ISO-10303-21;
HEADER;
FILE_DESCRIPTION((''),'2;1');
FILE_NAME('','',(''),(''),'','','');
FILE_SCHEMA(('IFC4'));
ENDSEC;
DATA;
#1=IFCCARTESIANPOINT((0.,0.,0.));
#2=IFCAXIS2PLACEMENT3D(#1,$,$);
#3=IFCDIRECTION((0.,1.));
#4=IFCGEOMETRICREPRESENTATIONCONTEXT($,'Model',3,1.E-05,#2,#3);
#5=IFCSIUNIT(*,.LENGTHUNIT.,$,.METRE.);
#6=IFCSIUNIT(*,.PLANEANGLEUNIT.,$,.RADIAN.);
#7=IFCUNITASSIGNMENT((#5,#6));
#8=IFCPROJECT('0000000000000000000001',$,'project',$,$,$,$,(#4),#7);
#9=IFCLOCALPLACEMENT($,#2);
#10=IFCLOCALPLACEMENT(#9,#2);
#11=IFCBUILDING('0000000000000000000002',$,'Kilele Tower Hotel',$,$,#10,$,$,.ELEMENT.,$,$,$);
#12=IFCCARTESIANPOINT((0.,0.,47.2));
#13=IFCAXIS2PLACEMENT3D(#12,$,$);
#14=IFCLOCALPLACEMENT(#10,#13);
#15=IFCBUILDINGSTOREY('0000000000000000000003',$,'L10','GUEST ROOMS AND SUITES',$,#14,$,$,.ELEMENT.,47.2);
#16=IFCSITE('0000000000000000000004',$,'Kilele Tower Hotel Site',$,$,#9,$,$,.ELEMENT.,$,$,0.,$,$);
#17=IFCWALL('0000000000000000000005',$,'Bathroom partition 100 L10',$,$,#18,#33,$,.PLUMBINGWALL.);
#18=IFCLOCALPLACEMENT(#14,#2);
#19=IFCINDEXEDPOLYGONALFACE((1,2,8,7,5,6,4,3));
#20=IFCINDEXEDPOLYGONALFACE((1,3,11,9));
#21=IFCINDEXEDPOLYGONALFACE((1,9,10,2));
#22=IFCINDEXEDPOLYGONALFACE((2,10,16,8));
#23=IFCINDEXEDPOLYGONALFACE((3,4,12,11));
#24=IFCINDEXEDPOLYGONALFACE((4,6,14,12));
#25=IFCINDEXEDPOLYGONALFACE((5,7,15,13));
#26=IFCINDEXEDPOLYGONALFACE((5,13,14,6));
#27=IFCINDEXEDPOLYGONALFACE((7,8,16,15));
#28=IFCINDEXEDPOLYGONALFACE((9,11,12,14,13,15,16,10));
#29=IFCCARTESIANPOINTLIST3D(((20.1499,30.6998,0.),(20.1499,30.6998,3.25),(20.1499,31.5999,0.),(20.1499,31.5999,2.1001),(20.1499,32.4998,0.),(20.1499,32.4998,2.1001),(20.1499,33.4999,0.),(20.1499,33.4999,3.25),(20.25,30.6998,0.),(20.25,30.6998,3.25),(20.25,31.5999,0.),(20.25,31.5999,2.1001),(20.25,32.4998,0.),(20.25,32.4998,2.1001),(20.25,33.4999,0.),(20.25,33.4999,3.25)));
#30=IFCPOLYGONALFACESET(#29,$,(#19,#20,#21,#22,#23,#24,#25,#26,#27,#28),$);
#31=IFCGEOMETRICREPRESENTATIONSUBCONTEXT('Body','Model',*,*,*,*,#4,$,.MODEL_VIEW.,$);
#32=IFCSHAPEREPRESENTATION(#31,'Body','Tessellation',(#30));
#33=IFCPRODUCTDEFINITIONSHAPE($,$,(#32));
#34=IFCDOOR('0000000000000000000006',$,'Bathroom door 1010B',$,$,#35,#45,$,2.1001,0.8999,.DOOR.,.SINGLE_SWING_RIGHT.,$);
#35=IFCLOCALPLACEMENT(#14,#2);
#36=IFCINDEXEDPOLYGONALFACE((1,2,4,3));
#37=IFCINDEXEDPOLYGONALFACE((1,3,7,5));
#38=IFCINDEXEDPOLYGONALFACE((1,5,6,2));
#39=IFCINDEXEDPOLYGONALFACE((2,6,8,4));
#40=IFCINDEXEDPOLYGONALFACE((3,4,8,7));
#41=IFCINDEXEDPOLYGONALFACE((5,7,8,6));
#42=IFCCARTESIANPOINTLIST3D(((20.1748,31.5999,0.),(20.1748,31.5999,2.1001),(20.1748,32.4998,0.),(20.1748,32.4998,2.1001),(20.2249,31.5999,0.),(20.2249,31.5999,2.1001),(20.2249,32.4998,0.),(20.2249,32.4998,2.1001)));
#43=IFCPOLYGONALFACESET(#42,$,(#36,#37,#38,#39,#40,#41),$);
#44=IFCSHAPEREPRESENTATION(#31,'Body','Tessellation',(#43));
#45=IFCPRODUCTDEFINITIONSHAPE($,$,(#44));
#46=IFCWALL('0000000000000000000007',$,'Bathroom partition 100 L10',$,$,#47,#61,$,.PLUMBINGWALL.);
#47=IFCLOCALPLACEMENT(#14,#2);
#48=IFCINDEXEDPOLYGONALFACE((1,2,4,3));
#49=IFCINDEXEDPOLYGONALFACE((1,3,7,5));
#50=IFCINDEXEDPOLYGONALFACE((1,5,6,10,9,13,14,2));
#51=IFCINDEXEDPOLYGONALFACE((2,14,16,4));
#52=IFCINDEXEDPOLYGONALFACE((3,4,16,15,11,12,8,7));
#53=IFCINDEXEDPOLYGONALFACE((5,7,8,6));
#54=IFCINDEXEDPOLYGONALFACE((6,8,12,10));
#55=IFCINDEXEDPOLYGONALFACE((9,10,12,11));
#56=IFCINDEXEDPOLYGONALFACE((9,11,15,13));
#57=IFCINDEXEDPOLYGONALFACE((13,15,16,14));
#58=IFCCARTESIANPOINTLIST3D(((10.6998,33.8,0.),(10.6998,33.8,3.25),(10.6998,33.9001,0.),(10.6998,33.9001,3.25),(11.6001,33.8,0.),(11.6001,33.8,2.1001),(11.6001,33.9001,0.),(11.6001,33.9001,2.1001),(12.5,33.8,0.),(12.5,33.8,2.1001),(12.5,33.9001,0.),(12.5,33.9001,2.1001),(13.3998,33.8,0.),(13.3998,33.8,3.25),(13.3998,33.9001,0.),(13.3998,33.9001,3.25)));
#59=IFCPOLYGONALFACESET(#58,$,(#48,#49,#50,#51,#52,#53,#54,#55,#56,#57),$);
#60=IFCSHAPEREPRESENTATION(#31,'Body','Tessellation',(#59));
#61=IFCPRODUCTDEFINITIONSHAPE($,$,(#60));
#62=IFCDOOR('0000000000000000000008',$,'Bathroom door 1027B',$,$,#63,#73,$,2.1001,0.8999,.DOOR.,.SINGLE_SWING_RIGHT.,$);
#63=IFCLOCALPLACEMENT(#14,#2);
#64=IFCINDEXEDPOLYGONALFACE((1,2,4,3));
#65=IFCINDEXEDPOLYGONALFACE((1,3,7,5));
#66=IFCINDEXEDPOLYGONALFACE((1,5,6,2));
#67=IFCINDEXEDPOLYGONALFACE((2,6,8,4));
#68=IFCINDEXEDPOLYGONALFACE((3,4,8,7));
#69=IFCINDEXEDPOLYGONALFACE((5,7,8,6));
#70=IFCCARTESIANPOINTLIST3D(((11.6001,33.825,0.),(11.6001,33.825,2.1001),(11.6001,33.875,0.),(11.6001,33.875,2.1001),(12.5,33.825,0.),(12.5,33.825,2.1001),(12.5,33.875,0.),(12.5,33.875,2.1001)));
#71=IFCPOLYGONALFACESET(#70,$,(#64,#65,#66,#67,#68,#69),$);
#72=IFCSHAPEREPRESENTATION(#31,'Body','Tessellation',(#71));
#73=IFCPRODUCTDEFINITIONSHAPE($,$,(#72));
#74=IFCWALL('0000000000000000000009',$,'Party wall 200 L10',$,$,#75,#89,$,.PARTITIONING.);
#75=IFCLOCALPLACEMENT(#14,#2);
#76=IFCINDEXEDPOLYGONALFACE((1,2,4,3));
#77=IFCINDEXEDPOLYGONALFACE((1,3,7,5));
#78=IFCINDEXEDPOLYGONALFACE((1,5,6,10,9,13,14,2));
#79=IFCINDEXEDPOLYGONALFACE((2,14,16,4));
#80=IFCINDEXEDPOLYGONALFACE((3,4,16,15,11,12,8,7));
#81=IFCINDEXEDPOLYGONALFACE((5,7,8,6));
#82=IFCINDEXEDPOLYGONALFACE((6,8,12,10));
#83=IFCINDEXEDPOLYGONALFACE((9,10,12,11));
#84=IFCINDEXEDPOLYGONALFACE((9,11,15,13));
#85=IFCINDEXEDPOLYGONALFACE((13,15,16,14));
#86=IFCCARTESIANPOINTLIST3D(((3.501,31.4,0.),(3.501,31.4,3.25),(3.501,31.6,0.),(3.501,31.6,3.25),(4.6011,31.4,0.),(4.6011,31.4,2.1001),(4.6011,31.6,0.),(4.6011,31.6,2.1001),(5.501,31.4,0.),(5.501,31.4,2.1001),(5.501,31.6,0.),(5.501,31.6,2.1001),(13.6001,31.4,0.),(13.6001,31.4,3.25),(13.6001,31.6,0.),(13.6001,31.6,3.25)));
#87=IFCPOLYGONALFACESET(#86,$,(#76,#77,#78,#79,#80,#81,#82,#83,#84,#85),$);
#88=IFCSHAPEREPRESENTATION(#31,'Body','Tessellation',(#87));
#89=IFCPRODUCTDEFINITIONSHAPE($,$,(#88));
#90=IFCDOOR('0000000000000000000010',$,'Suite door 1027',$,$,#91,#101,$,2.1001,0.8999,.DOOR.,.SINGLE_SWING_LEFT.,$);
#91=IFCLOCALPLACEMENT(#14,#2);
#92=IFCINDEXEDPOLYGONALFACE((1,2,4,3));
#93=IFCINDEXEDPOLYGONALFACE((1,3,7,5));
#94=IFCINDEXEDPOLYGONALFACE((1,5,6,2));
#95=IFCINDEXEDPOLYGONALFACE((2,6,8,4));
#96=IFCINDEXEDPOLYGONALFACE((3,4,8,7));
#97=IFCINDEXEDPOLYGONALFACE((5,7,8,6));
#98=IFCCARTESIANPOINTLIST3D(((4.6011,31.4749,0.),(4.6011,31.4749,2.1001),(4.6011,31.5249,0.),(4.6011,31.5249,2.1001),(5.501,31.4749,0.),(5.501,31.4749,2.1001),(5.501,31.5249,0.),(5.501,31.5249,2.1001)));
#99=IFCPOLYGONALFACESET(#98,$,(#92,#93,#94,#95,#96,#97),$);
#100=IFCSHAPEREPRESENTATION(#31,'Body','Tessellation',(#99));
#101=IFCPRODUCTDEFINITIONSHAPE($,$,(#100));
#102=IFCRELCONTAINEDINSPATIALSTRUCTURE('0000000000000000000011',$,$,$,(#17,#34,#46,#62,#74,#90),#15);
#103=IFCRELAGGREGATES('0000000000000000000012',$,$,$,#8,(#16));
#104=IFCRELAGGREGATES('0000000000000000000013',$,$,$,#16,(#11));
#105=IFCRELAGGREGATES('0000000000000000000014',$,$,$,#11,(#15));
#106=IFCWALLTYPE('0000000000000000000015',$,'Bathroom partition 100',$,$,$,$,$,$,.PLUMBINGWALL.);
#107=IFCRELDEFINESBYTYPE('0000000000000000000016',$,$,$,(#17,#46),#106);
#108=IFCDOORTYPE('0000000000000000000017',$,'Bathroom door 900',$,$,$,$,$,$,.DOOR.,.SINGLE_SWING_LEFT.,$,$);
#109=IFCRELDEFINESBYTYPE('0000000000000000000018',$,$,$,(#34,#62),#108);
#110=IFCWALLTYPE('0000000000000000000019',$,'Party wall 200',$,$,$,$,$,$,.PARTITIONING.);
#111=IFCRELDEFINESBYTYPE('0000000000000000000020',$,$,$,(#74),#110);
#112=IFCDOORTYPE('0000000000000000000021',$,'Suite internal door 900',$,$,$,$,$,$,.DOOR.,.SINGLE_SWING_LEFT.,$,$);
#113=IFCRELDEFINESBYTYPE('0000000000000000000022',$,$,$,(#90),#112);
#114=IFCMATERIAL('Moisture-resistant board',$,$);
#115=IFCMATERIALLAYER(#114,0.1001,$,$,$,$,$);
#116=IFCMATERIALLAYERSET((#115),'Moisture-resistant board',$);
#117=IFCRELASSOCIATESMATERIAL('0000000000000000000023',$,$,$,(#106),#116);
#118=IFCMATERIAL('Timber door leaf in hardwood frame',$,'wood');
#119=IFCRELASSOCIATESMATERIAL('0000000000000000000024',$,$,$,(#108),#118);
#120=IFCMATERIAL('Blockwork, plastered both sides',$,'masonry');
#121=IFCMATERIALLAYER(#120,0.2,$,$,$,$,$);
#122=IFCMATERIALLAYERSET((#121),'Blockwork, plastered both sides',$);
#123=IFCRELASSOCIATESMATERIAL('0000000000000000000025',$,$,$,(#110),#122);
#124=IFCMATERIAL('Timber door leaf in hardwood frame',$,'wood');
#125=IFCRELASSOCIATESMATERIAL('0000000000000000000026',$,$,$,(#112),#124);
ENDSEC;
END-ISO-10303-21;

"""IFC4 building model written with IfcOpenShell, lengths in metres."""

from ifc_helpers import new_model, si_unit, direction, frame, frame_2d, origin, place, context, subcontext, project, spatial, rectangle, extrude, material, layer, layer_set, type_object, element, fill, save


model = new_model("IFC4")

# Units and contexts
model_context = context("Model", 3, precision=1e-05, world=origin(), true_north=direction((0.0, 1.0)))
body_context = subcontext(model_context, "Body", "Model", "MODEL_VIEW")
ifc_project = project(units=[si_unit("LENGTHUNIT", "METRE"), si_unit("PLANEANGLEUNIT", "RADIAN")], contexts=[model_context])

# Site, building, storey
site_placement = place(None, origin())
site = spatial("IfcSite", under=ifc_project, at=site_placement, Name="Kilele Tower Hotel Site", CompositionType="ELEMENT", RefElevation=0.0)
building_placement = place(site_placement, origin())
building = spatial("IfcBuilding", under=site, at=building_placement, Name="Kilele Tower Hotel", CompositionType="ELEMENT")
storey_placement = place(building_placement, frame((0.0, 0.0, 47.2)))
storey = spatial("IfcBuildingStorey", under=building, at=storey_placement, Name="L10", Description="GUEST ROOMS AND SUITES", CompositionType="ELEMENT", Elevation=47.2)

# Shared definitions
ifc_material_1 = material(Name="Moisture-resistant board")
ifc_layer_1 = layer(ifc_material_1, 0.1001)
ifc_layer_set_1 = layer_set([ifc_layer_1], Name="Moisture-resistant board")
wall_type_1 = type_object("IfcWallType", Name="Bathroom partition 100", PredefinedType="PLUMBINGWALL", material=ifc_layer_set_1)

# Shared definitions
ifc_material_2 = material(Name="Timber door leaf in hardwood frame", Category="wood")
door_type_1 = type_object("IfcDoorType", Name="Bathroom door 900", OperationType="SINGLE_SWING_LEFT", PredefinedType="DOOR", material=ifc_material_2)

# Walls, openings, doors
wall_1_placement = place(storey_placement, frame((20.2, 30.7, 0.0), z_axis=(0.0, 0.0, 1.0), x_axis=(0.0, 1.0, 0.0)))
wall_1 = element("IfcWall", 1, at=wall_1_placement, inside=storey, type_object=wall_type_1, Name="Bathroom partition 100 L10", PredefinedType="PLUMBINGWALL", context=body_context, shape_type="SweptSolid", body=[
    extrude(rectangle(XDim=2.8, YDim=0.1001, at=frame_2d((1.3999, 0.0))), origin(), (0.0, 0.0, 1.0), 3.25),
])
opening_1_placement = place(wall_1_placement, frame((1.7998, 0.0, 0.0), z_axis=(0.0, 0.0, 1.0), x_axis=(-1.0, 0.0, 0.0)))
opening_1 = element("IfcOpeningElement", 2, at=opening_1_placement, cuts=wall_1, PredefinedType="OPENING", context=body_context, shape_type="SweptSolid", body=[
    extrude(rectangle(XDim=0.8999, YDim=2.1001, at=frame_2d((0.45, 1.05))), frame((0.0, 0.0601, 0.0), z_axis=(0.0, -1.0, 0.0), x_axis=(1.0, 0.0, 0.0)), (0.0, 0.0, 1.0), 0.1201),
])
door_1_placement = place(opening_1_placement, origin())
door_1 = element("IfcDoor", 3, at=door_1_placement, inside=storey, type_object=door_type_1, Name="Bathroom door 1010B", OperationType="SINGLE_SWING_RIGHT", OverallHeight=2.1001, OverallWidth=0.8999, PredefinedType="DOOR", context=body_context, shape_type="SweptSolid", body=[
    extrude(rectangle(XDim=0.8999, YDim=2.1001, at=frame_2d((0.45, 1.05))), frame((0.0, 0.0249, 0.0), z_axis=(0.0, -1.0, 0.0), x_axis=(1.0, 0.0, 0.0)), (0.0, 0.0, 1.0), 0.05),
])
fill(opening_1, door_1)
wall_2_placement = place(storey_placement, frame((13.3999, 33.8501, 0.0), z_axis=(0.0, 0.0, 1.0), x_axis=(-1.0, 0.0, 0.0)))
wall_2 = element("IfcWall", 4, at=wall_2_placement, inside=storey, type_object=wall_type_1, Name="Bathroom partition 100 L10", PredefinedType="PLUMBINGWALL", context=body_context, shape_type="SweptSolid", body=[
    extrude(rectangle(XDim=2.7, YDim=0.1001, at=frame_2d((1.3501, 0.0))), origin(), (0.0, 0.0, 1.0), 3.25),
])
opening_2_placement = place(wall_2_placement, frame((1.7998, 0.0, 0.0), z_axis=(0.0, 0.0, 1.0), x_axis=(-1.0, 0.0, 0.0)))
opening_2 = element("IfcOpeningElement", 5, at=opening_2_placement, cuts=wall_2, PredefinedType="OPENING", context=body_context, shape_type="SweptSolid", body=[
    extrude(rectangle(XDim=0.8999, YDim=2.1001, at=frame_2d((0.45, 1.05))), frame((0.0, 0.0601, 0.0), z_axis=(0.0, -1.0, 0.0), x_axis=(1.0, 0.0, 0.0)), (0.0, 0.0, 1.0), 0.1201),
])
door_2_placement = place(opening_2_placement, origin())
door_2 = element("IfcDoor", 6, at=door_2_placement, inside=storey, type_object=door_type_1, Name="Bathroom door 1027B", OperationType="SINGLE_SWING_RIGHT", OverallHeight=2.1001, OverallWidth=0.8999, PredefinedType="DOOR", context=body_context, shape_type="SweptSolid", body=[
    extrude(rectangle(XDim=0.8999, YDim=2.1001, at=frame_2d((0.45, 1.05))), frame((0.0, 0.0249, 0.0), z_axis=(0.0, -1.0, 0.0), x_axis=(1.0, 0.0, 0.0)), (0.0, 0.0, 1.0), 0.05),
])
fill(opening_2, door_2)
ifc_material_3 = material(Name="Blockwork, plastered both sides", Category="masonry")
ifc_layer_2 = layer(ifc_material_3, 0.2)
ifc_layer_set_2 = layer_set([ifc_layer_2], Name="Blockwork, plastered both sides")
wall_type_2 = type_object("IfcWallType", Name="Party wall 200", PredefinedType="PARTITIONING", material=ifc_layer_set_2)
wall_3_placement = place(storey_placement, frame((13.6001, 31.5, 0.0), z_axis=(0.0, 0.0, 1.0), x_axis=(-1.0, 0.0, 0.0)))
wall_3 = element("IfcWall", 7, at=wall_3_placement, inside=storey, type_object=wall_type_2, Name="Party wall 200 L10", PredefinedType="PARTITIONING", context=body_context, shape_type="SweptSolid", body=[
    extrude(rectangle(XDim=10.0991, YDim=0.2, at=frame_2d((5.0496, 0.0))), origin(), (0.0, 0.0, 1.0), 3.25),
])
opening_3_placement = place(wall_3_placement, frame((8.999, 0.0, 0.0), z_axis=(0.0, 0.0, 1.0), x_axis=(-1.0, 0.0, 0.0)))
opening_3 = element("IfcOpeningElement", 8, at=opening_3_placement, cuts=wall_3, PredefinedType="OPENING", context=body_context, shape_type="SweptSolid", body=[
    extrude(rectangle(XDim=0.8999, YDim=2.1001, at=frame_2d((0.45, 1.05))), frame((0.0, 0.1099, 0.0), z_axis=(0.0, -1.0, 0.0), x_axis=(1.0, 0.0, 0.0)), (0.0, 0.0, 1.0), 0.22),
])
ifc_material_4 = material(Name="Timber door leaf in hardwood frame", Category="wood")
door_type_2 = type_object("IfcDoorType", Name="Suite internal door 900", OperationType="SINGLE_SWING_LEFT", PredefinedType="DOOR", material=ifc_material_4)
door_3_placement = place(opening_3_placement, origin())
door_3 = element("IfcDoor", 9, at=door_3_placement, inside=storey, type_object=door_type_2, Name="Suite door 1027", OperationType="SINGLE_SWING_LEFT", OverallHeight=2.1001, OverallWidth=0.8999, PredefinedType="DOOR", context=body_context, shape_type="SweptSolid", body=[
    extrude(rectangle(XDim=0.8999, YDim=2.1001, at=frame_2d((0.45, 1.05))), frame((0.0, 0.0249, 0.0), z_axis=(0.0, -1.0, 0.0), x_axis=(1.0, 0.0, 0.0)), (0.0, 0.0, 1.0), 0.05),
])
fill(opening_3, door_3)

save(model, "model.ifc")
